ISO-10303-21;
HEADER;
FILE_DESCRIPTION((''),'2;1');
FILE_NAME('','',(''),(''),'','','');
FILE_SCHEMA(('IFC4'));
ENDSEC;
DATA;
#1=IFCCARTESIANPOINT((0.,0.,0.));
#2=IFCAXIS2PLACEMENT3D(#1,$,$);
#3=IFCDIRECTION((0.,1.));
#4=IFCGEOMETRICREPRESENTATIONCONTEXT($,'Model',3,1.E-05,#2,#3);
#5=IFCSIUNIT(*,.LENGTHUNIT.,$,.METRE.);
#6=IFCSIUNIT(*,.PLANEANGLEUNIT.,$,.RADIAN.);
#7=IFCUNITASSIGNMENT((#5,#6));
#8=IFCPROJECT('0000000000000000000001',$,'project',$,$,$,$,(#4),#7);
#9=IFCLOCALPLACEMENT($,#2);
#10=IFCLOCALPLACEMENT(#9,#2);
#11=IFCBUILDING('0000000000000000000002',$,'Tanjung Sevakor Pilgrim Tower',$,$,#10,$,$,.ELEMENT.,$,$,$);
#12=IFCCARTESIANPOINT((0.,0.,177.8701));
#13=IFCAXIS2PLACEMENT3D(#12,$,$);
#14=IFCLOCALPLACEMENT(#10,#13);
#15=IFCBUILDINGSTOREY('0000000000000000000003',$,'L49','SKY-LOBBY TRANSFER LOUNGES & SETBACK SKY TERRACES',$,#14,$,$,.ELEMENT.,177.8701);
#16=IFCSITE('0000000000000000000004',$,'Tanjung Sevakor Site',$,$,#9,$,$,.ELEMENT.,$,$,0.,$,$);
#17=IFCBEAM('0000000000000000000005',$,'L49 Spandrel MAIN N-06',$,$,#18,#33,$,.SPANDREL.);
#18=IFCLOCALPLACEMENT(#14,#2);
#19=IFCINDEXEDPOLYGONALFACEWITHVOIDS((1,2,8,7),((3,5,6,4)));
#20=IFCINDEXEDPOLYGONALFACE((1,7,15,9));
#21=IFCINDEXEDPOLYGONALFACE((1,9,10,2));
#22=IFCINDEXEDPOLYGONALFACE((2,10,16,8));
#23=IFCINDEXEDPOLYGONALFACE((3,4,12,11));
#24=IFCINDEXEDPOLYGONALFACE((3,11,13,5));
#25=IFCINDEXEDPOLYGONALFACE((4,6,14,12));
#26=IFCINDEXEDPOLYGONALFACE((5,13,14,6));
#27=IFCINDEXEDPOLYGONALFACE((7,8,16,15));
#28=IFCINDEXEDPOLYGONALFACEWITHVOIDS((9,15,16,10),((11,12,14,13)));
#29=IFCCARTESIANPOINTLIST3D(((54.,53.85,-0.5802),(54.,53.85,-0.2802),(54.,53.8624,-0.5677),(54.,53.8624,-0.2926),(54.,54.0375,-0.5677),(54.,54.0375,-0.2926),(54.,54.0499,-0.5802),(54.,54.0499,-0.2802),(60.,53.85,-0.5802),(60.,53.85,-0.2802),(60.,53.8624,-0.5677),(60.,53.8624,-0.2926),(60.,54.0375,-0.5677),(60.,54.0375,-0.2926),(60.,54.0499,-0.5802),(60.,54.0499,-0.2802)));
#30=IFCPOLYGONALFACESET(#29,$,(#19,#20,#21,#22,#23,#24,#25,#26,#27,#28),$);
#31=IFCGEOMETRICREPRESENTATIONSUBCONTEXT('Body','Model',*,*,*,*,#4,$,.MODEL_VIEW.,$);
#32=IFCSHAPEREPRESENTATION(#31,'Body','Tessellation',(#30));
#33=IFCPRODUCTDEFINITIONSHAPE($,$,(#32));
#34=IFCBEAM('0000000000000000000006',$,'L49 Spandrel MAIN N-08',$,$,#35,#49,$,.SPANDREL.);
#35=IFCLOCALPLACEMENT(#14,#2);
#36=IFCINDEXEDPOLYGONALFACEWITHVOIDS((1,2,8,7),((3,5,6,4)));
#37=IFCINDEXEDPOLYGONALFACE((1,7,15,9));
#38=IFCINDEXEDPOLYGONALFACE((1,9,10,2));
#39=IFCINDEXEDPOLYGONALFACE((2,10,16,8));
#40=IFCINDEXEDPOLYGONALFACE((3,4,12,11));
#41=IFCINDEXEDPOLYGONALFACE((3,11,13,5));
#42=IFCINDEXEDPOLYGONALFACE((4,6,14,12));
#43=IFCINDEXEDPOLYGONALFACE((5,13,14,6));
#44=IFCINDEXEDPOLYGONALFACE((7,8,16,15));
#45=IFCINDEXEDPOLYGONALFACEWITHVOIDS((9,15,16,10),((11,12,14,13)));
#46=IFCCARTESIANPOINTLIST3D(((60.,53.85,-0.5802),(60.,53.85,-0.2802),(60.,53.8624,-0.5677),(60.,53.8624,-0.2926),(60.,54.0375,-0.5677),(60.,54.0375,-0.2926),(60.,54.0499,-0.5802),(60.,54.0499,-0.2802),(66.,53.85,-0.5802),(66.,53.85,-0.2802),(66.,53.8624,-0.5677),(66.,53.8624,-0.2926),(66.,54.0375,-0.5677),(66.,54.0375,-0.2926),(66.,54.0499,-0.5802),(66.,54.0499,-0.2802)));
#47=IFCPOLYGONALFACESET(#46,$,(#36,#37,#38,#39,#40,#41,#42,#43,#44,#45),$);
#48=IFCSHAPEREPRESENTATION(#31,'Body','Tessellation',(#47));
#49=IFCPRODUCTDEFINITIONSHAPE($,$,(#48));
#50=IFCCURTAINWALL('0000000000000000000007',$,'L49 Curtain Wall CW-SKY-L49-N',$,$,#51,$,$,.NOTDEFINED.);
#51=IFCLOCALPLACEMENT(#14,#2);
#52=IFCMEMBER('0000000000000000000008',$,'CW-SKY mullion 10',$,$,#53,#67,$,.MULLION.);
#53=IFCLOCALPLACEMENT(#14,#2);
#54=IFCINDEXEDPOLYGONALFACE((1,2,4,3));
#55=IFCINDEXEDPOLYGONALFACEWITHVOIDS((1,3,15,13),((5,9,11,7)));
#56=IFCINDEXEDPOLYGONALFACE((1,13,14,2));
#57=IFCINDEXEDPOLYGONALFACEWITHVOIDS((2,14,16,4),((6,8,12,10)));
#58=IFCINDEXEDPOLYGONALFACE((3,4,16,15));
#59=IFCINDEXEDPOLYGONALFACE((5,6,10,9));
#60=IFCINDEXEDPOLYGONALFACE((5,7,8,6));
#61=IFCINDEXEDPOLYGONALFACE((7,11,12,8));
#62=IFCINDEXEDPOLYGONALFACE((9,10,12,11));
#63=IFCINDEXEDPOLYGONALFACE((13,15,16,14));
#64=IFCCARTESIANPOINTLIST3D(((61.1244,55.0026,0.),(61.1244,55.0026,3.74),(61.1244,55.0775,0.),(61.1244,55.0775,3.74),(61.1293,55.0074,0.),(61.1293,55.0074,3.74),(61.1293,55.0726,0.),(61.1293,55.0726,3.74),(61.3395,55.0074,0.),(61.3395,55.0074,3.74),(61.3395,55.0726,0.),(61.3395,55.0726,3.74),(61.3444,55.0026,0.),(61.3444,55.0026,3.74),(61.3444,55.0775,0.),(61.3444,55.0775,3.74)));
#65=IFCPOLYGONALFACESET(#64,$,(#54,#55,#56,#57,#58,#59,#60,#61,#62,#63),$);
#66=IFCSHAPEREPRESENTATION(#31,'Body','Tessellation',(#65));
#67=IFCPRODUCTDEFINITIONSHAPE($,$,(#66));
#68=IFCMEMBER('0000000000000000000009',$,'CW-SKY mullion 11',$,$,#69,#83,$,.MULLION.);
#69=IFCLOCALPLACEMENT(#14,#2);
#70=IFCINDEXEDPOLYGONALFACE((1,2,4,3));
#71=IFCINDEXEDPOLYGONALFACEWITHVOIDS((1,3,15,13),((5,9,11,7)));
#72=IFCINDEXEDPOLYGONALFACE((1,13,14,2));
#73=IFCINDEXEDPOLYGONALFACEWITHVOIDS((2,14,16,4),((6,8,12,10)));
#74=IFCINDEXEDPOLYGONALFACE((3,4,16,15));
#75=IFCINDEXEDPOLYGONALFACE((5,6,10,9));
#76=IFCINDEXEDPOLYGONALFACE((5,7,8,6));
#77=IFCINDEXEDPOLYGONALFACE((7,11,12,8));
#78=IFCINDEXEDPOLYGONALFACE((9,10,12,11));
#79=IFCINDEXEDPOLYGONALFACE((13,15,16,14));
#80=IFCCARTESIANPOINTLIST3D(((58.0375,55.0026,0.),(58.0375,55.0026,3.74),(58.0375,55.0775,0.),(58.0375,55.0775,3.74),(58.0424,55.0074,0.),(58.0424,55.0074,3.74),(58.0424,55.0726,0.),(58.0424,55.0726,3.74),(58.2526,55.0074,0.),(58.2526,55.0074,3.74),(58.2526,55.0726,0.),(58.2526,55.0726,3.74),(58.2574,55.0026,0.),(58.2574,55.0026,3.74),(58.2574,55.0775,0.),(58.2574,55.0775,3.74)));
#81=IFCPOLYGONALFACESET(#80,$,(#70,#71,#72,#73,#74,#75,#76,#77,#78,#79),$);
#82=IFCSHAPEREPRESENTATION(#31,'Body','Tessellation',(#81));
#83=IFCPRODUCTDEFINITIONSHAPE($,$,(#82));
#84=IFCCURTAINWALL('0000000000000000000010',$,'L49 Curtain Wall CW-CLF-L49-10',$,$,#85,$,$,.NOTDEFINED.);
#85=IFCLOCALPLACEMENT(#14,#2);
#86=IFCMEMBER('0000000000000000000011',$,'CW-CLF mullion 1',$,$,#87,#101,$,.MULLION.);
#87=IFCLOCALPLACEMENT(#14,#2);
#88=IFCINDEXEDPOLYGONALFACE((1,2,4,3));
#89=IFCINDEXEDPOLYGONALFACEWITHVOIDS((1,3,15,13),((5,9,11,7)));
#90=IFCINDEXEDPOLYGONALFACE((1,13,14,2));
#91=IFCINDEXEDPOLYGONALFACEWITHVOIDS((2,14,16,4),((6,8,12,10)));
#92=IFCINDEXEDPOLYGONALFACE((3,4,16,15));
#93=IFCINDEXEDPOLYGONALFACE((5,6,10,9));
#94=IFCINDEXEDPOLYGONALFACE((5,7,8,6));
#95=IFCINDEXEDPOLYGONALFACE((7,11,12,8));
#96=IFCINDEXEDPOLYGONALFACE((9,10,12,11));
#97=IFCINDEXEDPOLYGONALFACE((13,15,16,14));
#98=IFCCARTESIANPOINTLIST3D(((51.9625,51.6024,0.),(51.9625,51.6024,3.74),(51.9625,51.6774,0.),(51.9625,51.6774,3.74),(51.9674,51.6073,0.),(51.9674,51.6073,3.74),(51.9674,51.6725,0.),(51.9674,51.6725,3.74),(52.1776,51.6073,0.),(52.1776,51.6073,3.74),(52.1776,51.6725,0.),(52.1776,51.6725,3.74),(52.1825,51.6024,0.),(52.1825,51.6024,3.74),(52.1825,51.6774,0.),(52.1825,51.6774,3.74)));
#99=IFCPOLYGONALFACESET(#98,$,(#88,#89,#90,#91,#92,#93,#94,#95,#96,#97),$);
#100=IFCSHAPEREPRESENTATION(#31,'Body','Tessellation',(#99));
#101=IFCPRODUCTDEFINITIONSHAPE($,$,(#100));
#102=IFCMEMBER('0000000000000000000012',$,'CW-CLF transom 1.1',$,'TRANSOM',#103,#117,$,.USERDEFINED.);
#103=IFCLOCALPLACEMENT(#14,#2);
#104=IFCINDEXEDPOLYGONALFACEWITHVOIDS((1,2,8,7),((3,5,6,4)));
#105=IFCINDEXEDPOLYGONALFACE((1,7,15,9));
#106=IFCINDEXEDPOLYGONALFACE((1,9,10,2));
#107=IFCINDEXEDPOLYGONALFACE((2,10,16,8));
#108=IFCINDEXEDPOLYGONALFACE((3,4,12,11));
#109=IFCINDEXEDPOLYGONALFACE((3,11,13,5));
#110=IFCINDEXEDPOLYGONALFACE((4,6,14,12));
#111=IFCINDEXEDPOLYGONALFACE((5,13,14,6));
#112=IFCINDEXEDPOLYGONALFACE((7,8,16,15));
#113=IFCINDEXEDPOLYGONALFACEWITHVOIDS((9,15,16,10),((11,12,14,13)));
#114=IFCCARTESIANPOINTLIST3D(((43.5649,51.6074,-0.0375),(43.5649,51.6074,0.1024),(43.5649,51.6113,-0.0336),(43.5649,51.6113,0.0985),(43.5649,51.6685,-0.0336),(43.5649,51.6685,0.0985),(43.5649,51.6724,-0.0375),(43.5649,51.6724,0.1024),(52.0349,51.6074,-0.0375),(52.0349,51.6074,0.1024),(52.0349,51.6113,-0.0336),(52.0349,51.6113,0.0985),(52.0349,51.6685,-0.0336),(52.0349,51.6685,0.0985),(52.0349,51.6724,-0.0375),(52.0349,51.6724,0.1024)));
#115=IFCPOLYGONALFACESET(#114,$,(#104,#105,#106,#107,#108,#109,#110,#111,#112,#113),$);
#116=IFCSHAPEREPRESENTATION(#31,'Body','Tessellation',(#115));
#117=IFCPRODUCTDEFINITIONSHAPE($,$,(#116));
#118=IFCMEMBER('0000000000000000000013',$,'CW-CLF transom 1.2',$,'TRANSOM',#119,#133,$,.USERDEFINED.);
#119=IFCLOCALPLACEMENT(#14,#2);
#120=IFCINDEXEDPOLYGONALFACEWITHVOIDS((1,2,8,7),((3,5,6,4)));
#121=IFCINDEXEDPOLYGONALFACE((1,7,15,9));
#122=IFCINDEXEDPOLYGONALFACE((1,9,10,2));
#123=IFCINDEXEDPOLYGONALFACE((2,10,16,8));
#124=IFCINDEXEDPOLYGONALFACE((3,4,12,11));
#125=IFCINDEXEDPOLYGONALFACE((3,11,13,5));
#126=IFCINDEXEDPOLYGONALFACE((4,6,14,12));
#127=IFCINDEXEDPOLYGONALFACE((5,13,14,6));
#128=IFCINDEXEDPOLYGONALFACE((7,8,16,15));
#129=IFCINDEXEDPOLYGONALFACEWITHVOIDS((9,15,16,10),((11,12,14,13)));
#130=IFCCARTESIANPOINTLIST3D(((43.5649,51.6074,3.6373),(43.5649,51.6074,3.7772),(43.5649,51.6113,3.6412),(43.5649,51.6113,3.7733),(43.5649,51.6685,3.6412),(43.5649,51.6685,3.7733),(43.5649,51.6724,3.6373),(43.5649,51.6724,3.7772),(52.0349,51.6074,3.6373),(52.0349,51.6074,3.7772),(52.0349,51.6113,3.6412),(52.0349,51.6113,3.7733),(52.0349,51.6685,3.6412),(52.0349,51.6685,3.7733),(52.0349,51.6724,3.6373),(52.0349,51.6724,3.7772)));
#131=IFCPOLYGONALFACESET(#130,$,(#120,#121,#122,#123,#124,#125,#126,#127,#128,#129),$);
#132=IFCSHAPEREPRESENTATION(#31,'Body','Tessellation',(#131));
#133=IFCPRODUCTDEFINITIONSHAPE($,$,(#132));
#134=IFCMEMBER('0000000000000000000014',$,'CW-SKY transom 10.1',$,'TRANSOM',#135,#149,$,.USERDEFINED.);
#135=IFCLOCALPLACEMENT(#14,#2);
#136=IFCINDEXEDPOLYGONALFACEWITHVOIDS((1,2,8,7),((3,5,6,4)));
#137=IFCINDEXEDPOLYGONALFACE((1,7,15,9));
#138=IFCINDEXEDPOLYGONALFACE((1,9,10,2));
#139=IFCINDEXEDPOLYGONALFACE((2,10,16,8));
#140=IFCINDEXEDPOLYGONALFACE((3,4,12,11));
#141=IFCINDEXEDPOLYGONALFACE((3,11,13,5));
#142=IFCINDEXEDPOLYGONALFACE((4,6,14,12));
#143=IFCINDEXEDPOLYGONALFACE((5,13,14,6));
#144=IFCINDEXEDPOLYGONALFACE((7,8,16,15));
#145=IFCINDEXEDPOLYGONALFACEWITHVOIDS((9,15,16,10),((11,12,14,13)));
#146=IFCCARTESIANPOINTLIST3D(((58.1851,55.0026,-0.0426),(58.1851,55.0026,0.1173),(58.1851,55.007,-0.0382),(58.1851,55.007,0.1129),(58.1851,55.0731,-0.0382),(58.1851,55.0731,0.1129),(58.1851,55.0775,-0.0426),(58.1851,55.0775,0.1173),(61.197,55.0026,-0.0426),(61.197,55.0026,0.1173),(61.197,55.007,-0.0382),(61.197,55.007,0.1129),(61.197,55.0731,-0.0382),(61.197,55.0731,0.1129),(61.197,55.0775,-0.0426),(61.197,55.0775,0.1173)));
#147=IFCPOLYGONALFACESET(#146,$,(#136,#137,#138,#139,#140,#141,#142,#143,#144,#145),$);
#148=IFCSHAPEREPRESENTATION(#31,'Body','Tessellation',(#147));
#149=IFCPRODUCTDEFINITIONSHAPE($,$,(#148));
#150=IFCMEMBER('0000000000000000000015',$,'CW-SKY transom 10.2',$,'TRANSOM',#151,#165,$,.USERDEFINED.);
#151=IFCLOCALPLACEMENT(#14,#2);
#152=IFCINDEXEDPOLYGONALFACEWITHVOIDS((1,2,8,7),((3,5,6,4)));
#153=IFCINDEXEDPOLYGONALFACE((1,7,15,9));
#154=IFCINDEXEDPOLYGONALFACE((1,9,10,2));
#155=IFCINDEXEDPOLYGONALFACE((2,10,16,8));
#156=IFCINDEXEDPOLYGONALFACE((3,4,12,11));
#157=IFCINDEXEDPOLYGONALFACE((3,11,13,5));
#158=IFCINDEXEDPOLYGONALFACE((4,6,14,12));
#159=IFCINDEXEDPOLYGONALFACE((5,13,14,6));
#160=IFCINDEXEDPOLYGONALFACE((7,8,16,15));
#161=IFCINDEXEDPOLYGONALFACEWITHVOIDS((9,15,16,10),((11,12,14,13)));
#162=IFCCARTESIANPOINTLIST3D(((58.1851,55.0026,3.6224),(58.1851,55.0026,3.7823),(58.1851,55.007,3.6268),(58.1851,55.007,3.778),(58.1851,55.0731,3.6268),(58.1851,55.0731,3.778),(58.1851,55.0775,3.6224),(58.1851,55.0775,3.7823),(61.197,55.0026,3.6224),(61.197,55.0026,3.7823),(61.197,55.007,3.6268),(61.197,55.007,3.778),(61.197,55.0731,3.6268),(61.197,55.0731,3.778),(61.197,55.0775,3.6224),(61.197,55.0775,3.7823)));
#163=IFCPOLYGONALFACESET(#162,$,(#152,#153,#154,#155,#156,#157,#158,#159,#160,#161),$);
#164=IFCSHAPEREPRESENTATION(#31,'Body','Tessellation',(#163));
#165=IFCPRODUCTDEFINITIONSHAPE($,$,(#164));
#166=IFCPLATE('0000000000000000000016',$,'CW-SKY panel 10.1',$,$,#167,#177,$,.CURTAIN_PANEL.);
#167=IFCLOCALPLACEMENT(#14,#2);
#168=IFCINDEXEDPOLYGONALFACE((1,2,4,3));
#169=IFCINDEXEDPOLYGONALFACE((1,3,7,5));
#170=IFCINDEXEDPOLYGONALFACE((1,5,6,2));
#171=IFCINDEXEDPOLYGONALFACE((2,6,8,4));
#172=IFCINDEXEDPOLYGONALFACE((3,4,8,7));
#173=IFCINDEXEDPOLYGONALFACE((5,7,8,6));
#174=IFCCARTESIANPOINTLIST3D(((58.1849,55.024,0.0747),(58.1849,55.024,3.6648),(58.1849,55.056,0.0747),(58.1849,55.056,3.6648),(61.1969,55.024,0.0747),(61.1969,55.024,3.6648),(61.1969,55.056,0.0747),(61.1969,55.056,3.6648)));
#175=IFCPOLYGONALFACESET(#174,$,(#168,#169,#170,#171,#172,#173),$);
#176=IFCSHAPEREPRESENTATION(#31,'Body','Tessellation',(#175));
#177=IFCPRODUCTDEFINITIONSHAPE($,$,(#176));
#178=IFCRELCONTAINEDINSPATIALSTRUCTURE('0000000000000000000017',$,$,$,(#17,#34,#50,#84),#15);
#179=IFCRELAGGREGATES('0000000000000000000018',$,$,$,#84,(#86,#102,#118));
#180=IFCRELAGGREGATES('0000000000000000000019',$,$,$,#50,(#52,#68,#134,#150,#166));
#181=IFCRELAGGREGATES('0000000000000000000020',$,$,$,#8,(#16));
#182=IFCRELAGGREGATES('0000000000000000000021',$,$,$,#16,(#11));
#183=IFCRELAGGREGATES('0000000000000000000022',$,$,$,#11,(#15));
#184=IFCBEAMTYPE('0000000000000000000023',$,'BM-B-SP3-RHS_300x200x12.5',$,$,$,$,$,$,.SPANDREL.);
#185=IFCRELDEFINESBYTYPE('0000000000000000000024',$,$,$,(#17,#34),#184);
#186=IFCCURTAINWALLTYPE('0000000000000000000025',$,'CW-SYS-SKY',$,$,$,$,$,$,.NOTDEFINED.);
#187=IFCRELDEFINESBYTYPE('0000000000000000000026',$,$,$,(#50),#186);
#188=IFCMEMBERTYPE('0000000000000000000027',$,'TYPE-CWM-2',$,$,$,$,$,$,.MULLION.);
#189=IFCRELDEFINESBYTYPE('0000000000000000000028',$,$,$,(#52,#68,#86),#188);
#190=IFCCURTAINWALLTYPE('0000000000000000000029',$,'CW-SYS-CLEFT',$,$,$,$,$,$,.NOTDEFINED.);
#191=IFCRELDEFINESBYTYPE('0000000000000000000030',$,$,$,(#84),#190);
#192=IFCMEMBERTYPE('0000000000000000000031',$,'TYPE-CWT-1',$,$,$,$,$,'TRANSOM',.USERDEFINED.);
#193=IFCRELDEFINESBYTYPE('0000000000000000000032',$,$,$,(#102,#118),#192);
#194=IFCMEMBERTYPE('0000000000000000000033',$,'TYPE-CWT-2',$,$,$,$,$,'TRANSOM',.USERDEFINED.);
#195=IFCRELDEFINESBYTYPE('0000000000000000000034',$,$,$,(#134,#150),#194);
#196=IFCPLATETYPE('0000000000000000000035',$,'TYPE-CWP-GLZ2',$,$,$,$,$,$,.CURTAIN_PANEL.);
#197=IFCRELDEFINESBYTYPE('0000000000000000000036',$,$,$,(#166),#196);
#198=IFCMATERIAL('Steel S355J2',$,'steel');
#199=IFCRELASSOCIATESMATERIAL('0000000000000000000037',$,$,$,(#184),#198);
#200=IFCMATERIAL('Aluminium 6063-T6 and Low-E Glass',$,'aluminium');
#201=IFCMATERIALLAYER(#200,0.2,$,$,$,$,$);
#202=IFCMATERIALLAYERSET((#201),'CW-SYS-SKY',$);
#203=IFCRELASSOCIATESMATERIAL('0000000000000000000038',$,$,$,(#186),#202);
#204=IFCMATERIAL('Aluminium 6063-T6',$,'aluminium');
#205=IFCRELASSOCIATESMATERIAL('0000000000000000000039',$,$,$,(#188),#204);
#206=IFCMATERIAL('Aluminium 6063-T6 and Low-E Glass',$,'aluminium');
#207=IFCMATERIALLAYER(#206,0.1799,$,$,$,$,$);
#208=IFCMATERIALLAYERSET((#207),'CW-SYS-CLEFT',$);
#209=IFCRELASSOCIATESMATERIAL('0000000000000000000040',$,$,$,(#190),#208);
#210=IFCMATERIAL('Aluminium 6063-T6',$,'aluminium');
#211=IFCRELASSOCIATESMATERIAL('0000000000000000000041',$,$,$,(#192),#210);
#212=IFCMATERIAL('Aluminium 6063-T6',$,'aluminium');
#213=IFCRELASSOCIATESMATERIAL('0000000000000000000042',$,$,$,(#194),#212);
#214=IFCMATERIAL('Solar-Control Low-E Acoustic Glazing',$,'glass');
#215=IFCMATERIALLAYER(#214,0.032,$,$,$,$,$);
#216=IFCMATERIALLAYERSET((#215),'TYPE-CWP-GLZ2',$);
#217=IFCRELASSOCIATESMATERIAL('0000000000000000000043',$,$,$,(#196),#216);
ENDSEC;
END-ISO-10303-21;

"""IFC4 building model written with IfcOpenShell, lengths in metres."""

from ifc_helpers import new_model, si_unit, direction, frame, origin, origin_2d, place, context, subcontext, project, spatial, rectangle, hollow_rectangle, extrude, material, layer, layer_set, material_profile, profile_set, type_object, element, aggregate, save


model = new_model("IFC4")

# Units and contexts
model_context = context("Model", 3, precision=1e-05, world=origin(), true_north=direction((0.0, 1.0)))
body_context = subcontext(model_context, "Body", "Model", "MODEL_VIEW")
ifc_project = project(units=[si_unit("LENGTHUNIT", "METRE"), si_unit("PLANEANGLEUNIT", "RADIAN")], contexts=[model_context])

# Site, building, storey
site_placement = place(None, origin())
site = spatial("IfcSite", under=ifc_project, at=site_placement, Name="Tanjung Sevakor Site", CompositionType="ELEMENT", RefElevation=0.0)
building_placement = place(site_placement, origin())
building = spatial("IfcBuilding", under=site, at=building_placement, Name="Tanjung Sevakor Pilgrim Tower", CompositionType="ELEMENT")
storey_placement = place(building_placement, frame((0.0, 0.0, 177.8701)))
storey = spatial("IfcBuildingStorey", under=building, at=storey_placement, Name="L49", Description="SKY-LOBBY TRANSFER LOUNGES & SETBACK SKY TERRACES", CompositionType="ELEMENT", Elevation=177.8701)

# Beams
ifc_material_1 = material(Name="Steel S355J2", Category="steel")
ifc_material_profile_1 = material_profile(ifc_material_1, hollow_rectangle(XDim=0.2, YDim=0.3, WallThickness=0.0125, at=origin_2d()))
ifc_profile_set_1 = profile_set([ifc_material_profile_1], Name="Steel S355J2")
beam_type_1 = type_object("IfcBeamType", Name="BM-B-SP3-RHS_300x200x12.5", PredefinedType="SPANDREL", material=ifc_profile_set_1)
for number, where, z_axis, x_axis, name in (
    (1, (54.0, 53.95, -0.4302), (1.0, 0.0, 0.0), (0.0, 1.0, 0.0), "L49 Spandrel MAIN N-06"),
    (2, (60.0, 53.95, -0.4302), (1.0, 0.0, 0.0), (0.0, 1.0, 0.0), "L49 Spandrel MAIN N-08"),
):
    element("IfcBeam", number, at=place(storey_placement, frame(where, z_axis=z_axis, x_axis=x_axis)), inside=storey, type_object=beam_type_1, Name=name, PredefinedType="SPANDREL", context=body_context, shape_type="SweptSolid", body=[
        extrude(hollow_rectangle(XDim=0.2, YDim=0.3, WallThickness=0.0125, at=origin_2d()), origin(), (0.0, 0.0, 1.0), 6.0),
    ])

# Curtain walls, members
ifc_material_2 = material(Name="Aluminium 6063-T6 and Low-E Glass", Category="aluminium")
ifc_layer_1 = layer(ifc_material_2, 0.2)
ifc_layer_set_1 = layer_set([ifc_layer_1], Name="CW-SYS-SKY")
curtain_wall_type_1 = type_object("IfcCurtainWallType", Name="CW-SYS-SKY", PredefinedType="NOTDEFINED", material=ifc_layer_set_1)
curtain_wall_1_placement = place(storey_placement, origin())
curtain_wall_1 = element("IfcCurtainWall", 3, at=curtain_wall_1_placement, inside=storey, type_object=curtain_wall_type_1, Name="L49 Curtain Wall CW-SKY-L49-N", PredefinedType="NOTDEFINED")
ifc_material_3 = material(Name="Aluminium 6063-T6", Category="aluminium")
ifc_material_profile_2 = material_profile(ifc_material_3, hollow_rectangle(XDim=0.075, YDim=0.22, WallThickness=0.0049, at=origin_2d()))
ifc_profile_set_2 = profile_set([ifc_material_profile_2], Name="Aluminium 6063-T6")
member_type_1 = type_object("IfcMemberType", Name="TYPE-CWM-2", PredefinedType="MULLION", material=ifc_profile_set_2)
member_1_placement = place(storey_placement, frame((61.2344, 55.04, 0.0), z_axis=(0.0, 0.0, 1.0), x_axis=(0.0, -1.0, 0.0)))
member_1 = element("IfcMember", 4, at=member_1_placement, type_object=member_type_1, Name="CW-SKY mullion 10", PredefinedType="MULLION", context=body_context, shape_type="SweptSolid", body=[
    extrude(hollow_rectangle(XDim=0.075, YDim=0.22, WallThickness=0.0049, at=origin_2d()), origin(), (0.0, 0.0, 1.0), 3.74),
])
member_2_placement = place(storey_placement, frame((58.1475, 55.04, 0.0), z_axis=(0.0, 0.0, 1.0), x_axis=(0.0, -1.0, 0.0)))
member_2 = element("IfcMember", 5, at=member_2_placement, type_object=member_type_1, Name="CW-SKY mullion 11", PredefinedType="MULLION", context=body_context, shape_type="SweptSolid", body=[
    extrude(hollow_rectangle(XDim=0.075, YDim=0.22, WallThickness=0.0049, at=origin_2d()), origin(), (0.0, 0.0, 1.0), 3.74),
])
ifc_material_4 = material(Name="Aluminium 6063-T6 and Low-E Glass", Category="aluminium")
ifc_layer_2 = layer(ifc_material_4, 0.1799)
ifc_layer_set_2 = layer_set([ifc_layer_2], Name="CW-SYS-CLEFT")
curtain_wall_type_2 = type_object("IfcCurtainWallType", Name="CW-SYS-CLEFT", PredefinedType="NOTDEFINED", material=ifc_layer_set_2)
curtain_wall_2_placement = place(storey_placement, origin())
curtain_wall_2 = element("IfcCurtainWall", 6, at=curtain_wall_2_placement, inside=storey, type_object=curtain_wall_type_2, Name="L49 Curtain Wall CW-CLF-L49-10", PredefinedType="NOTDEFINED")
member_3_placement = place(storey_placement, frame((52.0725, 51.6399, 0.0), z_axis=(0.0, 0.0, 1.0), x_axis=(0.0, -1.0, 0.0)))
member_3 = element("IfcMember", 7, at=member_3_placement, type_object=member_type_1, Name="CW-CLF mullion 1", PredefinedType="MULLION", context=body_context, shape_type="SweptSolid", body=[
    extrude(hollow_rectangle(XDim=0.075, YDim=0.22, WallThickness=0.0049, at=origin_2d()), origin(), (0.0, 0.0, 1.0), 3.74),
])
ifc_material_5 = material(Name="Aluminium 6063-T6", Category="aluminium")
ifc_material_profile_3 = material_profile(ifc_material_5, hollow_rectangle(XDim=0.0649, YDim=0.1399, WallThickness=0.0039, at=origin_2d()))
ifc_profile_set_3 = profile_set([ifc_material_profile_3], Name="Aluminium 6063-T6")
member_type_2 = type_object("IfcMemberType", Name="TYPE-CWT-1", ElementType="TRANSOM", PredefinedType="USERDEFINED", material=ifc_profile_set_3)
member_4_placement = place(storey_placement, frame((52.0349, 51.6399, 0.0325), z_axis=(-1.0, 0.0, 0.0), x_axis=(0.0, -1.0, 0.0)))
member_4 = element("IfcMember", 8, at=member_4_placement, type_object=member_type_2, Name="CW-CLF transom 1.1", ObjectType="TRANSOM", PredefinedType="USERDEFINED", context=body_context, shape_type="SweptSolid", body=[
    extrude(hollow_rectangle(XDim=0.0649, YDim=0.1399, WallThickness=0.0039, at=origin_2d()), origin(), (0.0, 0.0, 1.0), 8.47),
])
member_5_placement = place(storey_placement, frame((52.0349, 51.6399, 3.7073), z_axis=(-1.0, 0.0, 0.0), x_axis=(0.0, -1.0, 0.0)))
member_5 = element("IfcMember", 9, at=member_5_placement, type_object=member_type_2, Name="CW-CLF transom 1.2", ObjectType="TRANSOM", PredefinedType="USERDEFINED", context=body_context, shape_type="SweptSolid", body=[
    extrude(hollow_rectangle(XDim=0.0649, YDim=0.1399, WallThickness=0.0039, at=origin_2d()), origin(), (0.0, 0.0, 1.0), 8.47),
])
aggregate(curtain_wall_2, [member_3, member_4, member_5])

# Members
ifc_material_6 = material(Name="Aluminium 6063-T6", Category="aluminium")
ifc_material_profile_4 = material_profile(ifc_material_6, hollow_rectangle(XDim=0.075, YDim=0.1599, WallThickness=0.0044, at=origin_2d()))
ifc_profile_set_4 = profile_set([ifc_material_profile_4], Name="Aluminium 6063-T6")
member_type_3 = type_object("IfcMemberType", Name="TYPE-CWT-2", ElementType="TRANSOM", PredefinedType="USERDEFINED", material=ifc_profile_set_4)
member_6_placement = place(storey_placement, frame((61.197, 55.04, 0.0374), z_axis=(-1.0, 0.0, 0.0), x_axis=(0.0, -1.0, 0.0)))
member_6 = element("IfcMember", 10, at=member_6_placement, type_object=member_type_3, Name="CW-SKY transom 10.1", ObjectType="TRANSOM", PredefinedType="USERDEFINED", context=body_context, shape_type="SweptSolid", body=[
    extrude(hollow_rectangle(XDim=0.075, YDim=0.1599, WallThickness=0.0044, at=origin_2d()), origin(), (0.0, 0.0, 1.0), 3.012),
])
member_7_placement = place(storey_placement, frame((61.197, 55.04, 3.7024), z_axis=(-1.0, 0.0, 0.0), x_axis=(0.0, -1.0, 0.0)))
member_7 = element("IfcMember", 11, at=member_7_placement, type_object=member_type_3, Name="CW-SKY transom 10.2", ObjectType="TRANSOM", PredefinedType="USERDEFINED", context=body_context, shape_type="SweptSolid", body=[
    extrude(hollow_rectangle(XDim=0.075, YDim=0.1599, WallThickness=0.0044, at=origin_2d()), origin(), (0.0, 0.0, 1.0), 3.012),
])

# Plate
ifc_material_7 = material(Name="Solar-Control Low-E Acoustic Glazing", Category="glass")
ifc_layer_3 = layer(ifc_material_7, 0.032)
ifc_layer_set_3 = layer_set([ifc_layer_3], Name="TYPE-CWP-GLZ2")
plate_type = type_object("IfcPlateType", Name="TYPE-CWP-GLZ2", PredefinedType="CURTAIN_PANEL", material=ifc_layer_set_3)
plate_placement = place(storey_placement, frame((59.6909, 55.04, 0.0747), z_axis=(0.0, 0.0, 1.0), x_axis=(-1.0, 0.0, 0.0)))
plate = element("IfcPlate", 12, at=plate_placement, type_object=plate_type, Name="CW-SKY panel 10.1", PredefinedType="CURTAIN_PANEL", context=body_context, shape_type="SweptSolid", body=[
    extrude(rectangle(XDim=3.012, YDim=0.032, at=origin_2d()), origin(), (0.0, 0.0, 1.0), 3.5901),
])
aggregate(curtain_wall_1, [member_1, member_2, member_6, member_7, plate])

save(model, "model.ifc")
